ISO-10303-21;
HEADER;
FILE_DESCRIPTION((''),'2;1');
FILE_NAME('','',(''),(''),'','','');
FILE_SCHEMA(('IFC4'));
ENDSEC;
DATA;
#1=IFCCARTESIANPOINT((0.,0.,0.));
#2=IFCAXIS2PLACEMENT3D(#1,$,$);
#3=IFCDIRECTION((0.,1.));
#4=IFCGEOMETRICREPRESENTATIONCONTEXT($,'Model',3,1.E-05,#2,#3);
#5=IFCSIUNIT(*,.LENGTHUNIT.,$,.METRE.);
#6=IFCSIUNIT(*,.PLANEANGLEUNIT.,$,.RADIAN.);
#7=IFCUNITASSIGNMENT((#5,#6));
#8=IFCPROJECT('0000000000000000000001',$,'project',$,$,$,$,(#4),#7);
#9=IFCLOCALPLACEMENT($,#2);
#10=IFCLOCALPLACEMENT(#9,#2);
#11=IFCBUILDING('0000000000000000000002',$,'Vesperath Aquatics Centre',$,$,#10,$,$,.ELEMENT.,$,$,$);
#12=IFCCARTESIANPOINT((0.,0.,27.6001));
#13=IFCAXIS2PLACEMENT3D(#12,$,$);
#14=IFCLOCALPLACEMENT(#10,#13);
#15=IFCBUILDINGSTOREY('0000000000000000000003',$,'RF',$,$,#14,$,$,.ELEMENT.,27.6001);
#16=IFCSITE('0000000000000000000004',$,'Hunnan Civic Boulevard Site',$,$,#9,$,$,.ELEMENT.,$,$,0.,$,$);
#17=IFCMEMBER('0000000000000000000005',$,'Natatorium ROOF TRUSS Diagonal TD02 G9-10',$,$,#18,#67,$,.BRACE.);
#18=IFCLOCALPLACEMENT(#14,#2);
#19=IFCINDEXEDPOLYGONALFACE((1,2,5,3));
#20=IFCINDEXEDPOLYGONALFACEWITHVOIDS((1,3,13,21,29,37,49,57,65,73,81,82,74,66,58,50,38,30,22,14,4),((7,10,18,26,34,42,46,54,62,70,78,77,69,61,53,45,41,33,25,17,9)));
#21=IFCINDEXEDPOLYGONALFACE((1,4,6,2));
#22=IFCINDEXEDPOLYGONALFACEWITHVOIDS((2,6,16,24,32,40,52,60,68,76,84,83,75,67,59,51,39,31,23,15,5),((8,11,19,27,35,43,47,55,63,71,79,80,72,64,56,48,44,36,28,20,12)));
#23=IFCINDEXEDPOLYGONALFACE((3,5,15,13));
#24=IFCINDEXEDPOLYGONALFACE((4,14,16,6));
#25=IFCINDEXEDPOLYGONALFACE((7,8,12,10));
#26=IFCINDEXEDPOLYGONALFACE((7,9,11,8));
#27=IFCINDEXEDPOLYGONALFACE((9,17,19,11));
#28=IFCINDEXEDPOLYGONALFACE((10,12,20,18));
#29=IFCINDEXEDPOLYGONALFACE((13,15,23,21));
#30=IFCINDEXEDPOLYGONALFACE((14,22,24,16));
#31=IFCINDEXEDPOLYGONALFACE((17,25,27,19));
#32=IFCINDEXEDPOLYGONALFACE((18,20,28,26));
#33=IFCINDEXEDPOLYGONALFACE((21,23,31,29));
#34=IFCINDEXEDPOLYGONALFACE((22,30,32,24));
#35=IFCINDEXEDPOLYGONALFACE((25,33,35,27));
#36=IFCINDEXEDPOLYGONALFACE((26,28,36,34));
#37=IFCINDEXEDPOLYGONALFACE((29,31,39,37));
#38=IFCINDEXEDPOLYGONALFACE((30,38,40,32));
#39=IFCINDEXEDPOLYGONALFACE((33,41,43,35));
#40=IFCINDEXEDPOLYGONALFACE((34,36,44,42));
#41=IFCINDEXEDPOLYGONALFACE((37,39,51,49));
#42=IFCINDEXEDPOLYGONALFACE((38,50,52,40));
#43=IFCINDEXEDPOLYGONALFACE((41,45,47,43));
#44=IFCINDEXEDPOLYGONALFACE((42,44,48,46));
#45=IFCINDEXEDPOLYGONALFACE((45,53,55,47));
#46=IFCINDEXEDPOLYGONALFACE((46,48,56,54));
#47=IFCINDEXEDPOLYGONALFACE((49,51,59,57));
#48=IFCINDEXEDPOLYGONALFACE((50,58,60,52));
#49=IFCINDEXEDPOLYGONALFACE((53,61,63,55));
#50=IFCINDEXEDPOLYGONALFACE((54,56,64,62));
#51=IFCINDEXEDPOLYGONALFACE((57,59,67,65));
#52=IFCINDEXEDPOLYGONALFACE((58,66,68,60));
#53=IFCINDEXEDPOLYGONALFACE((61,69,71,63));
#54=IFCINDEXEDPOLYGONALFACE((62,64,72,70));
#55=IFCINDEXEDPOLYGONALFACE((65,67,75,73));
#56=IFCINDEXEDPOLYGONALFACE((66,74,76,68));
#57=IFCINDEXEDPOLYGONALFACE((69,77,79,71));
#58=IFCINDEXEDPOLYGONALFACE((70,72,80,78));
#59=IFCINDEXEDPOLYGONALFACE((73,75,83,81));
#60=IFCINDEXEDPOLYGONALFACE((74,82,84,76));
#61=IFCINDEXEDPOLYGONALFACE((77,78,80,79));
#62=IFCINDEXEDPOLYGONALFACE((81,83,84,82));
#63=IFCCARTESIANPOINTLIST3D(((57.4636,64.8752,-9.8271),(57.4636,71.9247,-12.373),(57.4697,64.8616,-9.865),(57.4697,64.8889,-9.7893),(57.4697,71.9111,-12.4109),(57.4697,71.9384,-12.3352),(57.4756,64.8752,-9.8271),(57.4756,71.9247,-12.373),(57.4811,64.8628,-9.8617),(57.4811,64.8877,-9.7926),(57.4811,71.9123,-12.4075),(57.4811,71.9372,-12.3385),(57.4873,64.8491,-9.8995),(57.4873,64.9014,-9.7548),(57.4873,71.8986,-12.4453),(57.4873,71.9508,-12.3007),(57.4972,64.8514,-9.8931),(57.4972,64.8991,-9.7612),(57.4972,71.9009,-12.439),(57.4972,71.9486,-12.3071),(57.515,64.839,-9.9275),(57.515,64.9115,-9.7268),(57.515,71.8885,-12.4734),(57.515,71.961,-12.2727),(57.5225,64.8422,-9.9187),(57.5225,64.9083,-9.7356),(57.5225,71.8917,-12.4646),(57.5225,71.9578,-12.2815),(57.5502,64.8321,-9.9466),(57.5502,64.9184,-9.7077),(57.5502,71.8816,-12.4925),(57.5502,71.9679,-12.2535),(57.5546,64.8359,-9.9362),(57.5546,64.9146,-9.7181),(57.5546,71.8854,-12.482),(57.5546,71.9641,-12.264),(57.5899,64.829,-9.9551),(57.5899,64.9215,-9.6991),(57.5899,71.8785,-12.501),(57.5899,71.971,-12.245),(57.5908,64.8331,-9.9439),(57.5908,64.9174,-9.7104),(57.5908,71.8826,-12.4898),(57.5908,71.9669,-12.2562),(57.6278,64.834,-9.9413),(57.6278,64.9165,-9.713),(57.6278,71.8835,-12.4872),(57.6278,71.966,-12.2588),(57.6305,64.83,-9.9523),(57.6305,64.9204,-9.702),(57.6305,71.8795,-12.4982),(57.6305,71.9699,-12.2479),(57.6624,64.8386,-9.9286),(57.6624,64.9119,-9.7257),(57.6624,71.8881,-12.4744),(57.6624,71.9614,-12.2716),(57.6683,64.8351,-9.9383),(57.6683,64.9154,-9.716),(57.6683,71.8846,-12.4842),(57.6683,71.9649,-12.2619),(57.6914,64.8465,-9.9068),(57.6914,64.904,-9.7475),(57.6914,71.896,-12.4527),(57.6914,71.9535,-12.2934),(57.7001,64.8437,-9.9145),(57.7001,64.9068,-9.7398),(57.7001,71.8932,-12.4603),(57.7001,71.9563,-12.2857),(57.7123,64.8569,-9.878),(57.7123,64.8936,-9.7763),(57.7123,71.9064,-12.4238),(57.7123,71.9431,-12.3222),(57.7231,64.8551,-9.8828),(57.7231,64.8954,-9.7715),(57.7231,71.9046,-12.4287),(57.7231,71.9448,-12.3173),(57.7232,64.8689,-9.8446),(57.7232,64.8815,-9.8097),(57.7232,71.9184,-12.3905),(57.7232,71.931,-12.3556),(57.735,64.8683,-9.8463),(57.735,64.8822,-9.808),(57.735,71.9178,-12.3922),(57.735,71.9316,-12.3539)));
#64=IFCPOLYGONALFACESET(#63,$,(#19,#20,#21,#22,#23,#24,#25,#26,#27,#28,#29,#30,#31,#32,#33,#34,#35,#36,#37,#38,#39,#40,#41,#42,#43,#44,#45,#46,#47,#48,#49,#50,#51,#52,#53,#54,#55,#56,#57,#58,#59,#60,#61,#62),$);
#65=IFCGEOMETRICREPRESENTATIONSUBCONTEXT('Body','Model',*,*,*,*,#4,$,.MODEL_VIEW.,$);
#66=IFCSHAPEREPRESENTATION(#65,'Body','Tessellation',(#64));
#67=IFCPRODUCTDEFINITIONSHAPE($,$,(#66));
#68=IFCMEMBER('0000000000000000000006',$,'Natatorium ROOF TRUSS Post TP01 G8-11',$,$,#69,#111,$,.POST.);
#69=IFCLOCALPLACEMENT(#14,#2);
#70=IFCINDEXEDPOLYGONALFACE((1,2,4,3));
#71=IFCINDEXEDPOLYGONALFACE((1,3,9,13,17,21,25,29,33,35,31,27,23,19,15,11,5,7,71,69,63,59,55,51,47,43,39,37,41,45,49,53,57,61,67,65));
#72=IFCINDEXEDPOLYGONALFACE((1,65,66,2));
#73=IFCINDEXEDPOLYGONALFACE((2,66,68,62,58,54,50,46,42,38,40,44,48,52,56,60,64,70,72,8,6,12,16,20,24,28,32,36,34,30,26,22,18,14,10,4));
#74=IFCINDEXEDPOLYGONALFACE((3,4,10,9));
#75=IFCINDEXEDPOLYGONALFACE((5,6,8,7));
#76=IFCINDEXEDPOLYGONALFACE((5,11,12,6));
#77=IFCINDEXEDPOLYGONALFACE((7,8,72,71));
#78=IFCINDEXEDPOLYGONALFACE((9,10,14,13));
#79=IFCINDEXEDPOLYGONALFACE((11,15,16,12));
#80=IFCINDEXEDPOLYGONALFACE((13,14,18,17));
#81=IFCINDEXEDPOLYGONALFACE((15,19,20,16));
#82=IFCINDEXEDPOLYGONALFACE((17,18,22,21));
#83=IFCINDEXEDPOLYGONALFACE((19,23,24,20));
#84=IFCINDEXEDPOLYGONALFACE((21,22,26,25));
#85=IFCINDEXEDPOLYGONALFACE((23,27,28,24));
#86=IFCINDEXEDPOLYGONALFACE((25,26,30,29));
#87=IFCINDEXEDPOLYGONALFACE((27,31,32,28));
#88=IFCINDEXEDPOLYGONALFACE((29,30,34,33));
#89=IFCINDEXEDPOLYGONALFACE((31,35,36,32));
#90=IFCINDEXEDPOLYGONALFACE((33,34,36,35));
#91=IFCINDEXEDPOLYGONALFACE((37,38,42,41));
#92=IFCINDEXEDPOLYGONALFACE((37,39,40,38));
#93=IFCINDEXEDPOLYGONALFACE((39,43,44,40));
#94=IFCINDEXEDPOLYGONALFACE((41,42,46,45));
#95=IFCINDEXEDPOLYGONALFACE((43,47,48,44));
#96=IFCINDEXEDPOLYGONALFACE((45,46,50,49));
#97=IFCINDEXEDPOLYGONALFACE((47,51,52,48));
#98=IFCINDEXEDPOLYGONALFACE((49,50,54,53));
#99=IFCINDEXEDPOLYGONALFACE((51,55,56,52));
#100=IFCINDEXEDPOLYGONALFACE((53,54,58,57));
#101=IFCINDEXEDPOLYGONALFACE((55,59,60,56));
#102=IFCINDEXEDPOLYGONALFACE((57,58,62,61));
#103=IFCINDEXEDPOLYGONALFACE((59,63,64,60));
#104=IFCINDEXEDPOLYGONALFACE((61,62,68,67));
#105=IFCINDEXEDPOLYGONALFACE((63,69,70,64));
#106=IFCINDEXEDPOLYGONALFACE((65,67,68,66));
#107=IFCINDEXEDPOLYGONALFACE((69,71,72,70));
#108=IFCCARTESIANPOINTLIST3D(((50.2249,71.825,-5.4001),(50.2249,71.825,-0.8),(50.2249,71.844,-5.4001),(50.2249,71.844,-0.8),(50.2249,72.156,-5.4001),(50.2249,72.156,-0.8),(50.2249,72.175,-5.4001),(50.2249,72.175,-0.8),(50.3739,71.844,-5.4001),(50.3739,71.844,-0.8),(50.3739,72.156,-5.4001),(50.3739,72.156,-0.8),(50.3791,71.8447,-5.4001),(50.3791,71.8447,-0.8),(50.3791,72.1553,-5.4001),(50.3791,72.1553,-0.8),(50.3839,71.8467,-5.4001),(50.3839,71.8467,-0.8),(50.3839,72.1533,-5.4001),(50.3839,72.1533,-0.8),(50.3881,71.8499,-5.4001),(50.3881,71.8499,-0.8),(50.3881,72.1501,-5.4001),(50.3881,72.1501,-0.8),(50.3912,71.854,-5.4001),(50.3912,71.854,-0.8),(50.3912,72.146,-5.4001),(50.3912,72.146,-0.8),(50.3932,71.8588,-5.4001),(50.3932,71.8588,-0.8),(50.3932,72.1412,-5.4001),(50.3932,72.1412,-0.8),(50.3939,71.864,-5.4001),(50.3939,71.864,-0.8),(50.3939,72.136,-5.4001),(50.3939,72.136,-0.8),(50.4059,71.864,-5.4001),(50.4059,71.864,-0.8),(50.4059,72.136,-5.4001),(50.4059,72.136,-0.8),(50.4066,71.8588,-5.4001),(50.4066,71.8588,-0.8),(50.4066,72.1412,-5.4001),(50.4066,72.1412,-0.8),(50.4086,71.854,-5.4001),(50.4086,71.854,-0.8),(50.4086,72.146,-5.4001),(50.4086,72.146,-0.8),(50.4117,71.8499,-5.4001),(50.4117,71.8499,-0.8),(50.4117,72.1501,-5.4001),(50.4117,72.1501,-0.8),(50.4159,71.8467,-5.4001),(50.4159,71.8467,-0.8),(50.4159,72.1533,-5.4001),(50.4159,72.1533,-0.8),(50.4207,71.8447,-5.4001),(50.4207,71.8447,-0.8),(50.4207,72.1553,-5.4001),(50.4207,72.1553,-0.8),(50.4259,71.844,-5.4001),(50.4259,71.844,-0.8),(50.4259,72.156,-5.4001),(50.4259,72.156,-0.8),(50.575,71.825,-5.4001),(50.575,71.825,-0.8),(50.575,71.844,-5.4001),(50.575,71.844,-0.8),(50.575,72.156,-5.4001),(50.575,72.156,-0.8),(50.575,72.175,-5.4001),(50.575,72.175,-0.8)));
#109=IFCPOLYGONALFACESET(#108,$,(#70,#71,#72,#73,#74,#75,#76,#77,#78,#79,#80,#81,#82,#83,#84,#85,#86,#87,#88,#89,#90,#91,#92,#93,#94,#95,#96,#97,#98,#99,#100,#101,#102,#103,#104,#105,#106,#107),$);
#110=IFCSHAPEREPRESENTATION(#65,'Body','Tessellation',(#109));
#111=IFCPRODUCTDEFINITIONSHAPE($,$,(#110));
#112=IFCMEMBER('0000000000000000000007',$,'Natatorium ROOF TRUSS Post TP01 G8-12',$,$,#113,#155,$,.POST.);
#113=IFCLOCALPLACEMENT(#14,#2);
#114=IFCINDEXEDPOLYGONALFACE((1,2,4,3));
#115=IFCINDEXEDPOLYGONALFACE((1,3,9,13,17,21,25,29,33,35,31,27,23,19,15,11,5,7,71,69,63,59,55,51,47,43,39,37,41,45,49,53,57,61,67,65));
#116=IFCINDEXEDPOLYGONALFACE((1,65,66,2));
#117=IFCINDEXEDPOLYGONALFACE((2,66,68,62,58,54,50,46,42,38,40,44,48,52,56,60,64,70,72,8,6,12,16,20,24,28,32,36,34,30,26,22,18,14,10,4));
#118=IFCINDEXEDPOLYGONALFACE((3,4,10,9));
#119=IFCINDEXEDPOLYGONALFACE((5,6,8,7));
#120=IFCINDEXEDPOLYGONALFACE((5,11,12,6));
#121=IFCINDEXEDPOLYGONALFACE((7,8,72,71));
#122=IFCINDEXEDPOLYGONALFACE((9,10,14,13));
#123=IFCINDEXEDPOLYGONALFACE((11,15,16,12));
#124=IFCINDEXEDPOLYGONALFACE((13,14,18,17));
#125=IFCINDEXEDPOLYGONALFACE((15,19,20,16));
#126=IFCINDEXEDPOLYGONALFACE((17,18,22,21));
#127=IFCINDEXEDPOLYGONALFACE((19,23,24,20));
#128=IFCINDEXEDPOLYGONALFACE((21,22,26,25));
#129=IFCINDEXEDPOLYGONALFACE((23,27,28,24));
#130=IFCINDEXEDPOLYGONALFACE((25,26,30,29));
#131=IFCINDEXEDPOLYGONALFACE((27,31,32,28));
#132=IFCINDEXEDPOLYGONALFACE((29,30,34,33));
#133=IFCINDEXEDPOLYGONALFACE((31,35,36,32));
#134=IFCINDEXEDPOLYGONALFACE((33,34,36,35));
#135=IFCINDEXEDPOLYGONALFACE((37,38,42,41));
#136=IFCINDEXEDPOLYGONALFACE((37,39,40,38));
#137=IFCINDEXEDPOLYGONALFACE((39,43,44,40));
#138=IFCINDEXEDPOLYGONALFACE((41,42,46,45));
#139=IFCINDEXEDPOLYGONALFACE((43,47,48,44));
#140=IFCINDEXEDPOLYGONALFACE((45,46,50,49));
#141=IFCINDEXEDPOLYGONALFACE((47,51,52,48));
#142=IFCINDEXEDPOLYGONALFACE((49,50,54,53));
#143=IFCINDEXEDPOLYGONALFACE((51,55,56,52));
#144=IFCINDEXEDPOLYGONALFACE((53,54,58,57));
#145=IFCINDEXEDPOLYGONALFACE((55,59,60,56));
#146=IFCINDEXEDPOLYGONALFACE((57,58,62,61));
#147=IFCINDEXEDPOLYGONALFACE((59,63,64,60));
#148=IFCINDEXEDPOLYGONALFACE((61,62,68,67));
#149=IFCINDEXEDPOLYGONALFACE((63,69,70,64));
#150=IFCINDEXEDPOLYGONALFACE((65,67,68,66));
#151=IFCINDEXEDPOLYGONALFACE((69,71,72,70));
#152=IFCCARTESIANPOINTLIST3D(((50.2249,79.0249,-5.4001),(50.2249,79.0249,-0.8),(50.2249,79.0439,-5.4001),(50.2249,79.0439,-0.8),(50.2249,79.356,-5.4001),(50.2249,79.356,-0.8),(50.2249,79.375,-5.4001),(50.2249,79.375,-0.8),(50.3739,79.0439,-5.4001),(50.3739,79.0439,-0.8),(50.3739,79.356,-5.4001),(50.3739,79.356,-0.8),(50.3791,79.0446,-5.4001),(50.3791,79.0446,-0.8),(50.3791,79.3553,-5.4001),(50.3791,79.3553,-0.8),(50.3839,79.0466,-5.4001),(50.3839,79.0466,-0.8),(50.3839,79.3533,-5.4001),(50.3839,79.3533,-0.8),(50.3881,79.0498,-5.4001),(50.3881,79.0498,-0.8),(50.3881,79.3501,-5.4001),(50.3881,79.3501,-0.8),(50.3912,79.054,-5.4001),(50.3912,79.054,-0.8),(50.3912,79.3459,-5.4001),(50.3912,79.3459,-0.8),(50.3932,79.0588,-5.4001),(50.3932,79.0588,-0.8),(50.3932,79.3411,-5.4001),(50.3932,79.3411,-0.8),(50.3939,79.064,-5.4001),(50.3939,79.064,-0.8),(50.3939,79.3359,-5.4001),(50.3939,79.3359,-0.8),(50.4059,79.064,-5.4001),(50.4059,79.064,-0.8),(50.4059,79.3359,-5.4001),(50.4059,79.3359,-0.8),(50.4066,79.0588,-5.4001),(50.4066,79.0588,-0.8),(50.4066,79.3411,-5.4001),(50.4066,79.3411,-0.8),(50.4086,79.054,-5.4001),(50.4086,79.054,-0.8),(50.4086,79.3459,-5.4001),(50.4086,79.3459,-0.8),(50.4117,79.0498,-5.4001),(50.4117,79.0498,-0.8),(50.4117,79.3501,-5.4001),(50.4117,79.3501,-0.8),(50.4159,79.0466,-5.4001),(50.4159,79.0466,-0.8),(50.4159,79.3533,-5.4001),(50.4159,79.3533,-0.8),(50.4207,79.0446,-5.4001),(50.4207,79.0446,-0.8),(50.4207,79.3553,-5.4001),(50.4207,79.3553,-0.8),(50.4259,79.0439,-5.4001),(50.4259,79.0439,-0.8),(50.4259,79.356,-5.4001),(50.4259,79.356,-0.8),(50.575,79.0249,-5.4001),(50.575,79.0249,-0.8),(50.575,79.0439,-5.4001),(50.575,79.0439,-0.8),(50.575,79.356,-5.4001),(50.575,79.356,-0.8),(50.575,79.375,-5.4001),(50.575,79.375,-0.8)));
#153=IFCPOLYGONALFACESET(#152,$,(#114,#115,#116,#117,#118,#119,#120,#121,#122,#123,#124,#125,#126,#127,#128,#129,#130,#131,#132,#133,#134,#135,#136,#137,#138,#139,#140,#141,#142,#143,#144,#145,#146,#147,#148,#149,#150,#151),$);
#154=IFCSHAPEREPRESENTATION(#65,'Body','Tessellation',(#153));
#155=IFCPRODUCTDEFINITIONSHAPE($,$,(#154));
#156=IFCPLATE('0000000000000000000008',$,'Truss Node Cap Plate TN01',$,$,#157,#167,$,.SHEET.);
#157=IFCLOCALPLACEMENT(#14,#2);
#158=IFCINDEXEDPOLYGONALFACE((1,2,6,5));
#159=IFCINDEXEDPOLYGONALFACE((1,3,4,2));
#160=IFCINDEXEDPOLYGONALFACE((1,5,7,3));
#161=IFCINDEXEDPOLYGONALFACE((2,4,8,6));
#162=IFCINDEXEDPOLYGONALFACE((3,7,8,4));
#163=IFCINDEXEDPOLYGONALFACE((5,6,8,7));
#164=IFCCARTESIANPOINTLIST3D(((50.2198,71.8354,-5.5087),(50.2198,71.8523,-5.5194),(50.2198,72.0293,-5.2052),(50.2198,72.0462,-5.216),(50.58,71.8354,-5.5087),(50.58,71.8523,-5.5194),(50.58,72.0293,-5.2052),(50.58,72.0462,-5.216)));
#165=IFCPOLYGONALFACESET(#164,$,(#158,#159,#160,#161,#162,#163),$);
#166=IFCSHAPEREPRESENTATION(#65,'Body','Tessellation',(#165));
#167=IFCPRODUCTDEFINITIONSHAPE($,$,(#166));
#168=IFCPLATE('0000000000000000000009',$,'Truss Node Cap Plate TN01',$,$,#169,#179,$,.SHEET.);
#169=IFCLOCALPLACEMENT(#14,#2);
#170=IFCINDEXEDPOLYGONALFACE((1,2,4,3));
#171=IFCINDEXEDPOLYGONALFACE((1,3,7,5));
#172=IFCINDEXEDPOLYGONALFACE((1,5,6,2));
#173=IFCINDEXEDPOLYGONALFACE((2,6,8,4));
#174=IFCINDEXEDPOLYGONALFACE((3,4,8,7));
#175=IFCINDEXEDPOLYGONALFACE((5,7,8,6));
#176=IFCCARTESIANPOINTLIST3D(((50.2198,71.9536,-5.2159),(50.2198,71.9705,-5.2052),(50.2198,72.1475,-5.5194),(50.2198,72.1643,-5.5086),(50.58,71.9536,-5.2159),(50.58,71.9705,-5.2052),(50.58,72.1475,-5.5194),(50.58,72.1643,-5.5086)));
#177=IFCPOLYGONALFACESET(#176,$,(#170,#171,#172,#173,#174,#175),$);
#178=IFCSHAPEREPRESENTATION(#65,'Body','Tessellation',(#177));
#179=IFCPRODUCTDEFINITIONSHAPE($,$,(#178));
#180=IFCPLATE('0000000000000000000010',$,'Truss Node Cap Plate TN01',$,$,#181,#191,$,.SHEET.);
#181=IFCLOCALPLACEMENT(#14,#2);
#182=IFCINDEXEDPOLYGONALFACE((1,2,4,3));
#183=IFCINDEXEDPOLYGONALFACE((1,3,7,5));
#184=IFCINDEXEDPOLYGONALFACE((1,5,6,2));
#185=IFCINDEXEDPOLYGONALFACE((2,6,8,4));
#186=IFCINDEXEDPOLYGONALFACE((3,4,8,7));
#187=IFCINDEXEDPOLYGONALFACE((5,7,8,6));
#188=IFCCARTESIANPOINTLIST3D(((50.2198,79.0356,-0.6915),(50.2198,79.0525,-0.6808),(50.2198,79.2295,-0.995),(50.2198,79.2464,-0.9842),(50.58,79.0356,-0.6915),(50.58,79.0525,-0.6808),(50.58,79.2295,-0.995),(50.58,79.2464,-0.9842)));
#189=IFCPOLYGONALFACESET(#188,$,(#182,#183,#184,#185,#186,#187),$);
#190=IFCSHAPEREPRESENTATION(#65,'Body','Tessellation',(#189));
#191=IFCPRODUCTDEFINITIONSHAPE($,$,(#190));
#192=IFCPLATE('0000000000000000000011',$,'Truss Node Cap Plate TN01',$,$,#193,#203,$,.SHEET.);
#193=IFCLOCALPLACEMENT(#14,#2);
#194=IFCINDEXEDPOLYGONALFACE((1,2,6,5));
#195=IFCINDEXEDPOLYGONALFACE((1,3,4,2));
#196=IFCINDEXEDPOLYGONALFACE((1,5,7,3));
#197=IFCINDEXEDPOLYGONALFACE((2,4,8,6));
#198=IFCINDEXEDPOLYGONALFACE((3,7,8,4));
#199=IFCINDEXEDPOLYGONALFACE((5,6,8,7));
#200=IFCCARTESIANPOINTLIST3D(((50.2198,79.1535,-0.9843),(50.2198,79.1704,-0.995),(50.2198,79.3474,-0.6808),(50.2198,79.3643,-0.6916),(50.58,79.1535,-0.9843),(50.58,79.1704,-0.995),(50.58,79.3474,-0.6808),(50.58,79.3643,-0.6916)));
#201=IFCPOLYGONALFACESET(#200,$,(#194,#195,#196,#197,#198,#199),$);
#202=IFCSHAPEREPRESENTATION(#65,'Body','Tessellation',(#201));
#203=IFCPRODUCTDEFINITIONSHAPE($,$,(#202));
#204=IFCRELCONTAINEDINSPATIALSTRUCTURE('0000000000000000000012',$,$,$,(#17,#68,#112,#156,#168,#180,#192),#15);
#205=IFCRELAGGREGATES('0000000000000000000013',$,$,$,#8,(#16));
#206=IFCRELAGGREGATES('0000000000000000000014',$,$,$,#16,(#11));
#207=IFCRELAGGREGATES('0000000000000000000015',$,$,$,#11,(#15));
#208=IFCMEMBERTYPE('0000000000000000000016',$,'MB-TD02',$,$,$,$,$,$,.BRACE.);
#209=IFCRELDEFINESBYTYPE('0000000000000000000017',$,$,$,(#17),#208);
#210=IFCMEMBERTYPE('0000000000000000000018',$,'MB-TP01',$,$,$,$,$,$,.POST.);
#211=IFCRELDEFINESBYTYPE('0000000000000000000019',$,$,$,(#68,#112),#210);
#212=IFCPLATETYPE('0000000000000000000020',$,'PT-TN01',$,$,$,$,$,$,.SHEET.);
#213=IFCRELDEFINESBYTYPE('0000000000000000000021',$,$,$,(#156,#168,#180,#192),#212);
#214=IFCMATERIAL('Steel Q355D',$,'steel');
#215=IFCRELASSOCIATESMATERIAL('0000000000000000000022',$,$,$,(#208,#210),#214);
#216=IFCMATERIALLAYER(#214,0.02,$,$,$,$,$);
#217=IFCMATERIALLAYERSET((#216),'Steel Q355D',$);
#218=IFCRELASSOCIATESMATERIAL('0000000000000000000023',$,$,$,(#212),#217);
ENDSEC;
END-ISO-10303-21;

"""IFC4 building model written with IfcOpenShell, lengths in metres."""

from ifc_helpers import new_model, si_unit, direction, frame, origin, origin_2d, place, context, subcontext, project, spatial, rectangle, hollow_circle, i_section, extrude, material, layer, layer_set, material_profile, profile_set, type_object, element, save


model = new_model("IFC4")

# Units and contexts
model_context = context("Model", 3, precision=1e-05, world=origin(), true_north=direction((0.0, 1.0)))
body_context = subcontext(model_context, "Body", "Model", "MODEL_VIEW")
ifc_project = project(units=[si_unit("LENGTHUNIT", "METRE"), si_unit("PLANEANGLEUNIT", "RADIAN")], contexts=[model_context])

# Site, building, storey
site_placement = place(None, origin())
site = spatial("IfcSite", under=ifc_project, at=site_placement, Name="Hunnan Civic Boulevard Site", CompositionType="ELEMENT", RefElevation=0.0)
building_placement = place(site_placement, origin())
building = spatial("IfcBuilding", under=site, at=building_placement, Name="Vesperath Aquatics Centre", CompositionType="ELEMENT")
storey_placement = place(building_placement, frame((0.0, 0.0, 27.6001)))
storey = spatial("IfcBuildingStorey", under=building, at=storey_placement, Name="RF", CompositionType="ELEMENT", Elevation=27.6001)

# Members
ifc_material_1 = material(Name="Steel Q355D", Category="steel")
ifc_material_profile_1 = material_profile(ifc_material_1, hollow_circle(Radius=0.1365, WallThickness=0.012, at=origin_2d()), Name="CHS 273.0x12")
ifc_profile_set_1 = profile_set([ifc_material_profile_1], Name="Steel Q355D")
member_type_1 = type_object("IfcMemberType", Name="MB-TD02", PredefinedType="BRACE", material=ifc_profile_set_1)
member_1_placement = place(storey_placement, frame((57.6001, 64.8752, -9.8271), z_axis=(0.0, 0.940544, -0.339671), x_axis=(-1.0, 0.0, 0.0)))
element("IfcMember", 1, at=member_1_placement, inside=storey, type_object=member_type_1, Name="Natatorium ROOF TRUSS Diagonal TD02 G9-10", PredefinedType="BRACE", context=body_context, shape_type="SweptSolid", body=[
    extrude(hollow_circle(Radius=0.1365, WallThickness=0.012, at=origin_2d()), origin(), (0.0, 0.0, 1.0), 7.4951),
])
ifc_material_profile_2 = material_profile(ifc_material_1, i_section(OverallWidth=0.3501, OverallDepth=0.3501, WebThickness=0.012, FlangeThickness=0.019, FilletRadius=0.02, at=origin_2d()), Name="HW 350x350x12x19")
ifc_profile_set_2 = profile_set([ifc_material_profile_2], Name="Steel Q355D")
member_type_2 = type_object("IfcMemberType", Name="MB-TP01", PredefinedType="POST", material=ifc_profile_set_2)
for number, where, z_axis, x_axis, name in (
    (2, (50.3999, 72.0, -5.4001), (0.0, 0.0, 1.0), (1.0, 0.0, 0.0), "Natatorium ROOF TRUSS Post TP01 G8-11"),
    (3, (50.3999, 79.2, -5.4001), (0.0, 0.0, 1.0), (1.0, 0.0, 0.0), "Natatorium ROOF TRUSS Post TP01 G8-12"),
):
    element("IfcMember", number, at=place(storey_placement, frame(where, z_axis=z_axis, x_axis=x_axis)), inside=storey, type_object=member_type_2, Name=name, PredefinedType="POST", context=body_context, shape_type="SweptSolid", body=[
        extrude(i_section(OverallWidth=0.3501, OverallDepth=0.3501, WebThickness=0.012, FlangeThickness=0.019, FilletRadius=0.02, at=origin_2d()), origin(), (0.0, 0.0, 1.0), 4.6001),
    ])

# Plates
ifc_layer_1 = layer(ifc_material_1, 0.02)
ifc_layer_set_1 = layer_set([ifc_layer_1], Name="Steel Q355D")
plate_type_1 = type_object("IfcPlateType", Name="PT-TN01", PredefinedType="SHEET", material=ifc_layer_set_1)
for number, where, z_axis, x_axis, name in (
    (4, (50.3999, 71.9324, -5.3569), (0.0, 0.842696, -0.538389), (-1.0, 0.0, 0.0), "Truss Node Cap Plate TN01"),
    (5, (50.3999, 72.0505, -5.3677), (0.0, 0.842696, 0.538389), (-1.0, 0.0, 0.0), "Truss Node Cap Plate TN01"),
    (6, (50.3999, 79.1326, -0.8433), (0.0, 0.842696, 0.538389), (-1.0, 0.0, 0.0), "Truss Node Cap Plate TN01"),
    (7, (50.3999, 79.2505, -0.8325), (0.0, 0.842696, -0.538389), (-1.0, 0.0, 0.0), "Truss Node Cap Plate TN01"),
):
    element("IfcPlate", number, at=place(storey_placement, frame(where, z_axis=z_axis, x_axis=x_axis)), inside=storey, type_object=plate_type_1, Name=name, PredefinedType="SHEET", context=body_context, shape_type="SweptSolid", body=[
        extrude(rectangle(XDim=0.3601, YDim=0.3601, at=origin_2d()), origin(), (0.0, 0.0, 1.0), 0.02),
    ])

save(model, "model.ifc")
